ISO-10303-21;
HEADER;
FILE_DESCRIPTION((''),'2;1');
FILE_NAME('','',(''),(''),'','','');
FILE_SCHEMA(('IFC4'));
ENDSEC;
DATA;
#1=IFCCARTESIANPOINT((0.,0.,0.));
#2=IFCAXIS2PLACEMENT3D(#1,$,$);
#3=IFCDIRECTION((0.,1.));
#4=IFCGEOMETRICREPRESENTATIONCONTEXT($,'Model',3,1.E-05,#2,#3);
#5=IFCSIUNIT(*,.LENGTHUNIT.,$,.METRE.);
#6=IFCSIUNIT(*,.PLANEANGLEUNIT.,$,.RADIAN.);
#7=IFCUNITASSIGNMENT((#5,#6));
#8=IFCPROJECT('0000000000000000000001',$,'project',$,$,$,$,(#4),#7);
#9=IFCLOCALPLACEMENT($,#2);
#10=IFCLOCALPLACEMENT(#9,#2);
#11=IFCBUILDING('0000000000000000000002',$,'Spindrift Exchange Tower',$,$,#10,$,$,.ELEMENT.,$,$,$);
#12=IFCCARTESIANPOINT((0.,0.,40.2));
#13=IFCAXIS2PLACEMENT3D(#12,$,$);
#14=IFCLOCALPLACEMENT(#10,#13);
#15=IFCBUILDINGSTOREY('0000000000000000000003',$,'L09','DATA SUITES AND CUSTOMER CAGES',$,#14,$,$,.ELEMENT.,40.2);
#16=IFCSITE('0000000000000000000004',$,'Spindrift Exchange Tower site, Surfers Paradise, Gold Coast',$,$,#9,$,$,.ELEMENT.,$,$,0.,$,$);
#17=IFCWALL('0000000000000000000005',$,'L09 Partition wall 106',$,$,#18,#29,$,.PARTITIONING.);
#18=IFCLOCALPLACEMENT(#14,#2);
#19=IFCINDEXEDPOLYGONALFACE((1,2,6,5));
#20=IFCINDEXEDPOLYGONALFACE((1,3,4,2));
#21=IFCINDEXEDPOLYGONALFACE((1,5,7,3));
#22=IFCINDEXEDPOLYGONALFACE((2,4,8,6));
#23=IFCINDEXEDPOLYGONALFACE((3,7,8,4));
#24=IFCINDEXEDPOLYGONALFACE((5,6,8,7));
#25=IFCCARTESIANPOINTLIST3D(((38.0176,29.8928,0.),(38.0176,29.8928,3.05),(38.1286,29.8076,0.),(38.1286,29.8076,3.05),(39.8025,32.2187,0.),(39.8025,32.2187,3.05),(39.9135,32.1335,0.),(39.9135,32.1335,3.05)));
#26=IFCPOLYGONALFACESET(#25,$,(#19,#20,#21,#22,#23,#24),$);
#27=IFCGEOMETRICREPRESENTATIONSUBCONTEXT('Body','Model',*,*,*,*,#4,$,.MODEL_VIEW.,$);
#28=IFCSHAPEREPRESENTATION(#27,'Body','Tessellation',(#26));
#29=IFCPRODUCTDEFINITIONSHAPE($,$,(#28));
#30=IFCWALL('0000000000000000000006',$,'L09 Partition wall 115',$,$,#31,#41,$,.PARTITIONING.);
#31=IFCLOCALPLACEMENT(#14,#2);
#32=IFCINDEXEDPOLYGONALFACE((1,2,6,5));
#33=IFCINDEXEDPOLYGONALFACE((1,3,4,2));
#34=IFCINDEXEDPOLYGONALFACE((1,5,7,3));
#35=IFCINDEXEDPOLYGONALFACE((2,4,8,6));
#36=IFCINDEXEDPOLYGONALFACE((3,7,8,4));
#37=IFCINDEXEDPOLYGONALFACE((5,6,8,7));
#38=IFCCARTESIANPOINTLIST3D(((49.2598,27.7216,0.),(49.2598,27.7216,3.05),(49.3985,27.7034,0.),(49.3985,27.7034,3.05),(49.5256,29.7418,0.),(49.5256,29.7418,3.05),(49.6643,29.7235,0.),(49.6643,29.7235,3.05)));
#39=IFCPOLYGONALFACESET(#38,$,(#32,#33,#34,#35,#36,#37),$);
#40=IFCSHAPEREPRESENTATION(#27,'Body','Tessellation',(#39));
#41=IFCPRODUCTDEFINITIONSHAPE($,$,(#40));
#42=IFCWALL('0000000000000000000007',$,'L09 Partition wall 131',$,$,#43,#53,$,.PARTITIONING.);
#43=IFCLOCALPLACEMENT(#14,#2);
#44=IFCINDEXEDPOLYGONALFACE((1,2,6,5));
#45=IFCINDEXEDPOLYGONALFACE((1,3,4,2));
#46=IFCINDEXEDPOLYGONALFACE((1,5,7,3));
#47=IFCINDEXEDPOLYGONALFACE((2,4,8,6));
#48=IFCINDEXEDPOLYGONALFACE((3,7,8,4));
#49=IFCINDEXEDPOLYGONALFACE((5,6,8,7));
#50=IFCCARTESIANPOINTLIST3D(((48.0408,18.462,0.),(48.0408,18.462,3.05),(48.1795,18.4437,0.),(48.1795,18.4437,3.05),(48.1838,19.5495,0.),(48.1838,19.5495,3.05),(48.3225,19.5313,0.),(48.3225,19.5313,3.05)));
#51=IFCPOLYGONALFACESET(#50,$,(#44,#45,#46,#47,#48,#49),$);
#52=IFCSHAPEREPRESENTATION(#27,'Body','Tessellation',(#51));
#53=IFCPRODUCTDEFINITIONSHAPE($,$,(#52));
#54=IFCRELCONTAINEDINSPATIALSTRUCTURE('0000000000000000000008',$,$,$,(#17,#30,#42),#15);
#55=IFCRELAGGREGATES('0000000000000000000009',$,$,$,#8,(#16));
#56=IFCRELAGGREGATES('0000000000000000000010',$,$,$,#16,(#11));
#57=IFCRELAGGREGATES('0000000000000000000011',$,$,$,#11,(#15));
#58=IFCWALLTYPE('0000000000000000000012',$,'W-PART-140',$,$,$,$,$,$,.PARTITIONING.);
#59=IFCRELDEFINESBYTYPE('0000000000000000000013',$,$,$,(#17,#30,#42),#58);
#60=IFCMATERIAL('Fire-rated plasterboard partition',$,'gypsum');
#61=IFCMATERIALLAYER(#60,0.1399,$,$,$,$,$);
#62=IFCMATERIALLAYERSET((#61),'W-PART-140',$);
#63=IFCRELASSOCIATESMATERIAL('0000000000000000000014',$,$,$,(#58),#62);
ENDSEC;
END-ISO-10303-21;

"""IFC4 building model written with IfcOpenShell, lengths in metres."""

from ifc_helpers import new_model, si_unit, direction, frame, frame_2d, origin, place, context, subcontext, project, spatial, rectangle, extrude, material, layer, layer_set, type_object, element, save


model = new_model("IFC4")

# Units and contexts
model_context = context("Model", 3, precision=1e-05, world=origin(), true_north=direction((0.0, 1.0)))
body_context = subcontext(model_context, "Body", "Model", "MODEL_VIEW")
ifc_project = project(units=[si_unit("LENGTHUNIT", "METRE"), si_unit("PLANEANGLEUNIT", "RADIAN")], contexts=[model_context])

# Site, building, storey
site_placement = place(None, origin())
site = spatial("IfcSite", under=ifc_project, at=site_placement, Name="Spindrift Exchange Tower site, Surfers Paradise, Gold Coast", CompositionType="ELEMENT", RefElevation=0.0)
building_placement = place(site_placement, origin())
building = spatial("IfcBuilding", under=site, at=building_placement, Name="Spindrift Exchange Tower", CompositionType="ELEMENT")
storey_placement = place(building_placement, frame((0.0, 0.0, 40.2)))
storey = spatial("IfcBuildingStorey", under=building, at=storey_placement, Name="L09", Description="DATA SUITES AND CUSTOMER CAGES", CompositionType="ELEMENT", Elevation=40.2)

# Shared definitions
ifc_material_1 = material(Name="Fire-rated plasterboard partition", Category="gypsum")
ifc_layer_1 = layer(ifc_material_1, 0.1399)
ifc_layer_set_1 = layer_set([ifc_layer_1], Name="W-PART-140")
wall_type = type_object("IfcWallType", Name="W-PART-140", PredefinedType="PARTITIONING", material=ifc_layer_set_1)

# Walls
wall_1_placement = place(storey_placement, frame((39.8579, 32.176, 0.0), z_axis=(0.0, 0.0, 1.0), x_axis=(-0.608797, -0.793326, 0.0)))
element("IfcWall", 1, at=wall_1_placement, inside=storey, type_object=wall_type, Name="L09 Partition wall 106", PredefinedType="PARTITIONING", context=body_context, shape_type="SweptSolid", body=[
    extrude(rectangle(XDim=2.9319, YDim=0.1399, at=frame_2d((1.4658, 0.0))), origin(), (0.0, 0.0, 1.0), 3.05),
])
wall_2_placement = place(storey_placement, frame((49.595, 29.7327, 0.0), z_axis=(0.0, 0.0, 1.0), x_axis=(-0.130476, -0.991451, 0.0)))
element("IfcWall", 2, at=wall_2_placement, inside=storey, type_object=wall_type, Name="L09 Partition wall 115", PredefinedType="PARTITIONING", context=body_context, shape_type="SweptSolid", body=[
    extrude(rectangle(XDim=2.0376, YDim=0.1399, at=frame_2d((1.0188, 0.0))), origin(), (0.0, 0.0, 1.0), 3.05),
])
wall_3_placement = place(storey_placement, frame((48.2532, 19.5403, 0.0), z_axis=(0.0, 0.0, 1.0), x_axis=(-0.130414, -0.99146, 0.0)))
element("IfcWall", 3, at=wall_3_placement, inside=storey, type_object=wall_type, Name="L09 Partition wall 131", PredefinedType="PARTITIONING", context=body_context, shape_type="SweptSolid", body=[
    extrude(rectangle(XDim=1.0969, YDim=0.1399, at=frame_2d((0.5483, 0.0))), origin(), (0.0, 0.0, 1.0), 3.05),
])

save(model, "model.ifc")
